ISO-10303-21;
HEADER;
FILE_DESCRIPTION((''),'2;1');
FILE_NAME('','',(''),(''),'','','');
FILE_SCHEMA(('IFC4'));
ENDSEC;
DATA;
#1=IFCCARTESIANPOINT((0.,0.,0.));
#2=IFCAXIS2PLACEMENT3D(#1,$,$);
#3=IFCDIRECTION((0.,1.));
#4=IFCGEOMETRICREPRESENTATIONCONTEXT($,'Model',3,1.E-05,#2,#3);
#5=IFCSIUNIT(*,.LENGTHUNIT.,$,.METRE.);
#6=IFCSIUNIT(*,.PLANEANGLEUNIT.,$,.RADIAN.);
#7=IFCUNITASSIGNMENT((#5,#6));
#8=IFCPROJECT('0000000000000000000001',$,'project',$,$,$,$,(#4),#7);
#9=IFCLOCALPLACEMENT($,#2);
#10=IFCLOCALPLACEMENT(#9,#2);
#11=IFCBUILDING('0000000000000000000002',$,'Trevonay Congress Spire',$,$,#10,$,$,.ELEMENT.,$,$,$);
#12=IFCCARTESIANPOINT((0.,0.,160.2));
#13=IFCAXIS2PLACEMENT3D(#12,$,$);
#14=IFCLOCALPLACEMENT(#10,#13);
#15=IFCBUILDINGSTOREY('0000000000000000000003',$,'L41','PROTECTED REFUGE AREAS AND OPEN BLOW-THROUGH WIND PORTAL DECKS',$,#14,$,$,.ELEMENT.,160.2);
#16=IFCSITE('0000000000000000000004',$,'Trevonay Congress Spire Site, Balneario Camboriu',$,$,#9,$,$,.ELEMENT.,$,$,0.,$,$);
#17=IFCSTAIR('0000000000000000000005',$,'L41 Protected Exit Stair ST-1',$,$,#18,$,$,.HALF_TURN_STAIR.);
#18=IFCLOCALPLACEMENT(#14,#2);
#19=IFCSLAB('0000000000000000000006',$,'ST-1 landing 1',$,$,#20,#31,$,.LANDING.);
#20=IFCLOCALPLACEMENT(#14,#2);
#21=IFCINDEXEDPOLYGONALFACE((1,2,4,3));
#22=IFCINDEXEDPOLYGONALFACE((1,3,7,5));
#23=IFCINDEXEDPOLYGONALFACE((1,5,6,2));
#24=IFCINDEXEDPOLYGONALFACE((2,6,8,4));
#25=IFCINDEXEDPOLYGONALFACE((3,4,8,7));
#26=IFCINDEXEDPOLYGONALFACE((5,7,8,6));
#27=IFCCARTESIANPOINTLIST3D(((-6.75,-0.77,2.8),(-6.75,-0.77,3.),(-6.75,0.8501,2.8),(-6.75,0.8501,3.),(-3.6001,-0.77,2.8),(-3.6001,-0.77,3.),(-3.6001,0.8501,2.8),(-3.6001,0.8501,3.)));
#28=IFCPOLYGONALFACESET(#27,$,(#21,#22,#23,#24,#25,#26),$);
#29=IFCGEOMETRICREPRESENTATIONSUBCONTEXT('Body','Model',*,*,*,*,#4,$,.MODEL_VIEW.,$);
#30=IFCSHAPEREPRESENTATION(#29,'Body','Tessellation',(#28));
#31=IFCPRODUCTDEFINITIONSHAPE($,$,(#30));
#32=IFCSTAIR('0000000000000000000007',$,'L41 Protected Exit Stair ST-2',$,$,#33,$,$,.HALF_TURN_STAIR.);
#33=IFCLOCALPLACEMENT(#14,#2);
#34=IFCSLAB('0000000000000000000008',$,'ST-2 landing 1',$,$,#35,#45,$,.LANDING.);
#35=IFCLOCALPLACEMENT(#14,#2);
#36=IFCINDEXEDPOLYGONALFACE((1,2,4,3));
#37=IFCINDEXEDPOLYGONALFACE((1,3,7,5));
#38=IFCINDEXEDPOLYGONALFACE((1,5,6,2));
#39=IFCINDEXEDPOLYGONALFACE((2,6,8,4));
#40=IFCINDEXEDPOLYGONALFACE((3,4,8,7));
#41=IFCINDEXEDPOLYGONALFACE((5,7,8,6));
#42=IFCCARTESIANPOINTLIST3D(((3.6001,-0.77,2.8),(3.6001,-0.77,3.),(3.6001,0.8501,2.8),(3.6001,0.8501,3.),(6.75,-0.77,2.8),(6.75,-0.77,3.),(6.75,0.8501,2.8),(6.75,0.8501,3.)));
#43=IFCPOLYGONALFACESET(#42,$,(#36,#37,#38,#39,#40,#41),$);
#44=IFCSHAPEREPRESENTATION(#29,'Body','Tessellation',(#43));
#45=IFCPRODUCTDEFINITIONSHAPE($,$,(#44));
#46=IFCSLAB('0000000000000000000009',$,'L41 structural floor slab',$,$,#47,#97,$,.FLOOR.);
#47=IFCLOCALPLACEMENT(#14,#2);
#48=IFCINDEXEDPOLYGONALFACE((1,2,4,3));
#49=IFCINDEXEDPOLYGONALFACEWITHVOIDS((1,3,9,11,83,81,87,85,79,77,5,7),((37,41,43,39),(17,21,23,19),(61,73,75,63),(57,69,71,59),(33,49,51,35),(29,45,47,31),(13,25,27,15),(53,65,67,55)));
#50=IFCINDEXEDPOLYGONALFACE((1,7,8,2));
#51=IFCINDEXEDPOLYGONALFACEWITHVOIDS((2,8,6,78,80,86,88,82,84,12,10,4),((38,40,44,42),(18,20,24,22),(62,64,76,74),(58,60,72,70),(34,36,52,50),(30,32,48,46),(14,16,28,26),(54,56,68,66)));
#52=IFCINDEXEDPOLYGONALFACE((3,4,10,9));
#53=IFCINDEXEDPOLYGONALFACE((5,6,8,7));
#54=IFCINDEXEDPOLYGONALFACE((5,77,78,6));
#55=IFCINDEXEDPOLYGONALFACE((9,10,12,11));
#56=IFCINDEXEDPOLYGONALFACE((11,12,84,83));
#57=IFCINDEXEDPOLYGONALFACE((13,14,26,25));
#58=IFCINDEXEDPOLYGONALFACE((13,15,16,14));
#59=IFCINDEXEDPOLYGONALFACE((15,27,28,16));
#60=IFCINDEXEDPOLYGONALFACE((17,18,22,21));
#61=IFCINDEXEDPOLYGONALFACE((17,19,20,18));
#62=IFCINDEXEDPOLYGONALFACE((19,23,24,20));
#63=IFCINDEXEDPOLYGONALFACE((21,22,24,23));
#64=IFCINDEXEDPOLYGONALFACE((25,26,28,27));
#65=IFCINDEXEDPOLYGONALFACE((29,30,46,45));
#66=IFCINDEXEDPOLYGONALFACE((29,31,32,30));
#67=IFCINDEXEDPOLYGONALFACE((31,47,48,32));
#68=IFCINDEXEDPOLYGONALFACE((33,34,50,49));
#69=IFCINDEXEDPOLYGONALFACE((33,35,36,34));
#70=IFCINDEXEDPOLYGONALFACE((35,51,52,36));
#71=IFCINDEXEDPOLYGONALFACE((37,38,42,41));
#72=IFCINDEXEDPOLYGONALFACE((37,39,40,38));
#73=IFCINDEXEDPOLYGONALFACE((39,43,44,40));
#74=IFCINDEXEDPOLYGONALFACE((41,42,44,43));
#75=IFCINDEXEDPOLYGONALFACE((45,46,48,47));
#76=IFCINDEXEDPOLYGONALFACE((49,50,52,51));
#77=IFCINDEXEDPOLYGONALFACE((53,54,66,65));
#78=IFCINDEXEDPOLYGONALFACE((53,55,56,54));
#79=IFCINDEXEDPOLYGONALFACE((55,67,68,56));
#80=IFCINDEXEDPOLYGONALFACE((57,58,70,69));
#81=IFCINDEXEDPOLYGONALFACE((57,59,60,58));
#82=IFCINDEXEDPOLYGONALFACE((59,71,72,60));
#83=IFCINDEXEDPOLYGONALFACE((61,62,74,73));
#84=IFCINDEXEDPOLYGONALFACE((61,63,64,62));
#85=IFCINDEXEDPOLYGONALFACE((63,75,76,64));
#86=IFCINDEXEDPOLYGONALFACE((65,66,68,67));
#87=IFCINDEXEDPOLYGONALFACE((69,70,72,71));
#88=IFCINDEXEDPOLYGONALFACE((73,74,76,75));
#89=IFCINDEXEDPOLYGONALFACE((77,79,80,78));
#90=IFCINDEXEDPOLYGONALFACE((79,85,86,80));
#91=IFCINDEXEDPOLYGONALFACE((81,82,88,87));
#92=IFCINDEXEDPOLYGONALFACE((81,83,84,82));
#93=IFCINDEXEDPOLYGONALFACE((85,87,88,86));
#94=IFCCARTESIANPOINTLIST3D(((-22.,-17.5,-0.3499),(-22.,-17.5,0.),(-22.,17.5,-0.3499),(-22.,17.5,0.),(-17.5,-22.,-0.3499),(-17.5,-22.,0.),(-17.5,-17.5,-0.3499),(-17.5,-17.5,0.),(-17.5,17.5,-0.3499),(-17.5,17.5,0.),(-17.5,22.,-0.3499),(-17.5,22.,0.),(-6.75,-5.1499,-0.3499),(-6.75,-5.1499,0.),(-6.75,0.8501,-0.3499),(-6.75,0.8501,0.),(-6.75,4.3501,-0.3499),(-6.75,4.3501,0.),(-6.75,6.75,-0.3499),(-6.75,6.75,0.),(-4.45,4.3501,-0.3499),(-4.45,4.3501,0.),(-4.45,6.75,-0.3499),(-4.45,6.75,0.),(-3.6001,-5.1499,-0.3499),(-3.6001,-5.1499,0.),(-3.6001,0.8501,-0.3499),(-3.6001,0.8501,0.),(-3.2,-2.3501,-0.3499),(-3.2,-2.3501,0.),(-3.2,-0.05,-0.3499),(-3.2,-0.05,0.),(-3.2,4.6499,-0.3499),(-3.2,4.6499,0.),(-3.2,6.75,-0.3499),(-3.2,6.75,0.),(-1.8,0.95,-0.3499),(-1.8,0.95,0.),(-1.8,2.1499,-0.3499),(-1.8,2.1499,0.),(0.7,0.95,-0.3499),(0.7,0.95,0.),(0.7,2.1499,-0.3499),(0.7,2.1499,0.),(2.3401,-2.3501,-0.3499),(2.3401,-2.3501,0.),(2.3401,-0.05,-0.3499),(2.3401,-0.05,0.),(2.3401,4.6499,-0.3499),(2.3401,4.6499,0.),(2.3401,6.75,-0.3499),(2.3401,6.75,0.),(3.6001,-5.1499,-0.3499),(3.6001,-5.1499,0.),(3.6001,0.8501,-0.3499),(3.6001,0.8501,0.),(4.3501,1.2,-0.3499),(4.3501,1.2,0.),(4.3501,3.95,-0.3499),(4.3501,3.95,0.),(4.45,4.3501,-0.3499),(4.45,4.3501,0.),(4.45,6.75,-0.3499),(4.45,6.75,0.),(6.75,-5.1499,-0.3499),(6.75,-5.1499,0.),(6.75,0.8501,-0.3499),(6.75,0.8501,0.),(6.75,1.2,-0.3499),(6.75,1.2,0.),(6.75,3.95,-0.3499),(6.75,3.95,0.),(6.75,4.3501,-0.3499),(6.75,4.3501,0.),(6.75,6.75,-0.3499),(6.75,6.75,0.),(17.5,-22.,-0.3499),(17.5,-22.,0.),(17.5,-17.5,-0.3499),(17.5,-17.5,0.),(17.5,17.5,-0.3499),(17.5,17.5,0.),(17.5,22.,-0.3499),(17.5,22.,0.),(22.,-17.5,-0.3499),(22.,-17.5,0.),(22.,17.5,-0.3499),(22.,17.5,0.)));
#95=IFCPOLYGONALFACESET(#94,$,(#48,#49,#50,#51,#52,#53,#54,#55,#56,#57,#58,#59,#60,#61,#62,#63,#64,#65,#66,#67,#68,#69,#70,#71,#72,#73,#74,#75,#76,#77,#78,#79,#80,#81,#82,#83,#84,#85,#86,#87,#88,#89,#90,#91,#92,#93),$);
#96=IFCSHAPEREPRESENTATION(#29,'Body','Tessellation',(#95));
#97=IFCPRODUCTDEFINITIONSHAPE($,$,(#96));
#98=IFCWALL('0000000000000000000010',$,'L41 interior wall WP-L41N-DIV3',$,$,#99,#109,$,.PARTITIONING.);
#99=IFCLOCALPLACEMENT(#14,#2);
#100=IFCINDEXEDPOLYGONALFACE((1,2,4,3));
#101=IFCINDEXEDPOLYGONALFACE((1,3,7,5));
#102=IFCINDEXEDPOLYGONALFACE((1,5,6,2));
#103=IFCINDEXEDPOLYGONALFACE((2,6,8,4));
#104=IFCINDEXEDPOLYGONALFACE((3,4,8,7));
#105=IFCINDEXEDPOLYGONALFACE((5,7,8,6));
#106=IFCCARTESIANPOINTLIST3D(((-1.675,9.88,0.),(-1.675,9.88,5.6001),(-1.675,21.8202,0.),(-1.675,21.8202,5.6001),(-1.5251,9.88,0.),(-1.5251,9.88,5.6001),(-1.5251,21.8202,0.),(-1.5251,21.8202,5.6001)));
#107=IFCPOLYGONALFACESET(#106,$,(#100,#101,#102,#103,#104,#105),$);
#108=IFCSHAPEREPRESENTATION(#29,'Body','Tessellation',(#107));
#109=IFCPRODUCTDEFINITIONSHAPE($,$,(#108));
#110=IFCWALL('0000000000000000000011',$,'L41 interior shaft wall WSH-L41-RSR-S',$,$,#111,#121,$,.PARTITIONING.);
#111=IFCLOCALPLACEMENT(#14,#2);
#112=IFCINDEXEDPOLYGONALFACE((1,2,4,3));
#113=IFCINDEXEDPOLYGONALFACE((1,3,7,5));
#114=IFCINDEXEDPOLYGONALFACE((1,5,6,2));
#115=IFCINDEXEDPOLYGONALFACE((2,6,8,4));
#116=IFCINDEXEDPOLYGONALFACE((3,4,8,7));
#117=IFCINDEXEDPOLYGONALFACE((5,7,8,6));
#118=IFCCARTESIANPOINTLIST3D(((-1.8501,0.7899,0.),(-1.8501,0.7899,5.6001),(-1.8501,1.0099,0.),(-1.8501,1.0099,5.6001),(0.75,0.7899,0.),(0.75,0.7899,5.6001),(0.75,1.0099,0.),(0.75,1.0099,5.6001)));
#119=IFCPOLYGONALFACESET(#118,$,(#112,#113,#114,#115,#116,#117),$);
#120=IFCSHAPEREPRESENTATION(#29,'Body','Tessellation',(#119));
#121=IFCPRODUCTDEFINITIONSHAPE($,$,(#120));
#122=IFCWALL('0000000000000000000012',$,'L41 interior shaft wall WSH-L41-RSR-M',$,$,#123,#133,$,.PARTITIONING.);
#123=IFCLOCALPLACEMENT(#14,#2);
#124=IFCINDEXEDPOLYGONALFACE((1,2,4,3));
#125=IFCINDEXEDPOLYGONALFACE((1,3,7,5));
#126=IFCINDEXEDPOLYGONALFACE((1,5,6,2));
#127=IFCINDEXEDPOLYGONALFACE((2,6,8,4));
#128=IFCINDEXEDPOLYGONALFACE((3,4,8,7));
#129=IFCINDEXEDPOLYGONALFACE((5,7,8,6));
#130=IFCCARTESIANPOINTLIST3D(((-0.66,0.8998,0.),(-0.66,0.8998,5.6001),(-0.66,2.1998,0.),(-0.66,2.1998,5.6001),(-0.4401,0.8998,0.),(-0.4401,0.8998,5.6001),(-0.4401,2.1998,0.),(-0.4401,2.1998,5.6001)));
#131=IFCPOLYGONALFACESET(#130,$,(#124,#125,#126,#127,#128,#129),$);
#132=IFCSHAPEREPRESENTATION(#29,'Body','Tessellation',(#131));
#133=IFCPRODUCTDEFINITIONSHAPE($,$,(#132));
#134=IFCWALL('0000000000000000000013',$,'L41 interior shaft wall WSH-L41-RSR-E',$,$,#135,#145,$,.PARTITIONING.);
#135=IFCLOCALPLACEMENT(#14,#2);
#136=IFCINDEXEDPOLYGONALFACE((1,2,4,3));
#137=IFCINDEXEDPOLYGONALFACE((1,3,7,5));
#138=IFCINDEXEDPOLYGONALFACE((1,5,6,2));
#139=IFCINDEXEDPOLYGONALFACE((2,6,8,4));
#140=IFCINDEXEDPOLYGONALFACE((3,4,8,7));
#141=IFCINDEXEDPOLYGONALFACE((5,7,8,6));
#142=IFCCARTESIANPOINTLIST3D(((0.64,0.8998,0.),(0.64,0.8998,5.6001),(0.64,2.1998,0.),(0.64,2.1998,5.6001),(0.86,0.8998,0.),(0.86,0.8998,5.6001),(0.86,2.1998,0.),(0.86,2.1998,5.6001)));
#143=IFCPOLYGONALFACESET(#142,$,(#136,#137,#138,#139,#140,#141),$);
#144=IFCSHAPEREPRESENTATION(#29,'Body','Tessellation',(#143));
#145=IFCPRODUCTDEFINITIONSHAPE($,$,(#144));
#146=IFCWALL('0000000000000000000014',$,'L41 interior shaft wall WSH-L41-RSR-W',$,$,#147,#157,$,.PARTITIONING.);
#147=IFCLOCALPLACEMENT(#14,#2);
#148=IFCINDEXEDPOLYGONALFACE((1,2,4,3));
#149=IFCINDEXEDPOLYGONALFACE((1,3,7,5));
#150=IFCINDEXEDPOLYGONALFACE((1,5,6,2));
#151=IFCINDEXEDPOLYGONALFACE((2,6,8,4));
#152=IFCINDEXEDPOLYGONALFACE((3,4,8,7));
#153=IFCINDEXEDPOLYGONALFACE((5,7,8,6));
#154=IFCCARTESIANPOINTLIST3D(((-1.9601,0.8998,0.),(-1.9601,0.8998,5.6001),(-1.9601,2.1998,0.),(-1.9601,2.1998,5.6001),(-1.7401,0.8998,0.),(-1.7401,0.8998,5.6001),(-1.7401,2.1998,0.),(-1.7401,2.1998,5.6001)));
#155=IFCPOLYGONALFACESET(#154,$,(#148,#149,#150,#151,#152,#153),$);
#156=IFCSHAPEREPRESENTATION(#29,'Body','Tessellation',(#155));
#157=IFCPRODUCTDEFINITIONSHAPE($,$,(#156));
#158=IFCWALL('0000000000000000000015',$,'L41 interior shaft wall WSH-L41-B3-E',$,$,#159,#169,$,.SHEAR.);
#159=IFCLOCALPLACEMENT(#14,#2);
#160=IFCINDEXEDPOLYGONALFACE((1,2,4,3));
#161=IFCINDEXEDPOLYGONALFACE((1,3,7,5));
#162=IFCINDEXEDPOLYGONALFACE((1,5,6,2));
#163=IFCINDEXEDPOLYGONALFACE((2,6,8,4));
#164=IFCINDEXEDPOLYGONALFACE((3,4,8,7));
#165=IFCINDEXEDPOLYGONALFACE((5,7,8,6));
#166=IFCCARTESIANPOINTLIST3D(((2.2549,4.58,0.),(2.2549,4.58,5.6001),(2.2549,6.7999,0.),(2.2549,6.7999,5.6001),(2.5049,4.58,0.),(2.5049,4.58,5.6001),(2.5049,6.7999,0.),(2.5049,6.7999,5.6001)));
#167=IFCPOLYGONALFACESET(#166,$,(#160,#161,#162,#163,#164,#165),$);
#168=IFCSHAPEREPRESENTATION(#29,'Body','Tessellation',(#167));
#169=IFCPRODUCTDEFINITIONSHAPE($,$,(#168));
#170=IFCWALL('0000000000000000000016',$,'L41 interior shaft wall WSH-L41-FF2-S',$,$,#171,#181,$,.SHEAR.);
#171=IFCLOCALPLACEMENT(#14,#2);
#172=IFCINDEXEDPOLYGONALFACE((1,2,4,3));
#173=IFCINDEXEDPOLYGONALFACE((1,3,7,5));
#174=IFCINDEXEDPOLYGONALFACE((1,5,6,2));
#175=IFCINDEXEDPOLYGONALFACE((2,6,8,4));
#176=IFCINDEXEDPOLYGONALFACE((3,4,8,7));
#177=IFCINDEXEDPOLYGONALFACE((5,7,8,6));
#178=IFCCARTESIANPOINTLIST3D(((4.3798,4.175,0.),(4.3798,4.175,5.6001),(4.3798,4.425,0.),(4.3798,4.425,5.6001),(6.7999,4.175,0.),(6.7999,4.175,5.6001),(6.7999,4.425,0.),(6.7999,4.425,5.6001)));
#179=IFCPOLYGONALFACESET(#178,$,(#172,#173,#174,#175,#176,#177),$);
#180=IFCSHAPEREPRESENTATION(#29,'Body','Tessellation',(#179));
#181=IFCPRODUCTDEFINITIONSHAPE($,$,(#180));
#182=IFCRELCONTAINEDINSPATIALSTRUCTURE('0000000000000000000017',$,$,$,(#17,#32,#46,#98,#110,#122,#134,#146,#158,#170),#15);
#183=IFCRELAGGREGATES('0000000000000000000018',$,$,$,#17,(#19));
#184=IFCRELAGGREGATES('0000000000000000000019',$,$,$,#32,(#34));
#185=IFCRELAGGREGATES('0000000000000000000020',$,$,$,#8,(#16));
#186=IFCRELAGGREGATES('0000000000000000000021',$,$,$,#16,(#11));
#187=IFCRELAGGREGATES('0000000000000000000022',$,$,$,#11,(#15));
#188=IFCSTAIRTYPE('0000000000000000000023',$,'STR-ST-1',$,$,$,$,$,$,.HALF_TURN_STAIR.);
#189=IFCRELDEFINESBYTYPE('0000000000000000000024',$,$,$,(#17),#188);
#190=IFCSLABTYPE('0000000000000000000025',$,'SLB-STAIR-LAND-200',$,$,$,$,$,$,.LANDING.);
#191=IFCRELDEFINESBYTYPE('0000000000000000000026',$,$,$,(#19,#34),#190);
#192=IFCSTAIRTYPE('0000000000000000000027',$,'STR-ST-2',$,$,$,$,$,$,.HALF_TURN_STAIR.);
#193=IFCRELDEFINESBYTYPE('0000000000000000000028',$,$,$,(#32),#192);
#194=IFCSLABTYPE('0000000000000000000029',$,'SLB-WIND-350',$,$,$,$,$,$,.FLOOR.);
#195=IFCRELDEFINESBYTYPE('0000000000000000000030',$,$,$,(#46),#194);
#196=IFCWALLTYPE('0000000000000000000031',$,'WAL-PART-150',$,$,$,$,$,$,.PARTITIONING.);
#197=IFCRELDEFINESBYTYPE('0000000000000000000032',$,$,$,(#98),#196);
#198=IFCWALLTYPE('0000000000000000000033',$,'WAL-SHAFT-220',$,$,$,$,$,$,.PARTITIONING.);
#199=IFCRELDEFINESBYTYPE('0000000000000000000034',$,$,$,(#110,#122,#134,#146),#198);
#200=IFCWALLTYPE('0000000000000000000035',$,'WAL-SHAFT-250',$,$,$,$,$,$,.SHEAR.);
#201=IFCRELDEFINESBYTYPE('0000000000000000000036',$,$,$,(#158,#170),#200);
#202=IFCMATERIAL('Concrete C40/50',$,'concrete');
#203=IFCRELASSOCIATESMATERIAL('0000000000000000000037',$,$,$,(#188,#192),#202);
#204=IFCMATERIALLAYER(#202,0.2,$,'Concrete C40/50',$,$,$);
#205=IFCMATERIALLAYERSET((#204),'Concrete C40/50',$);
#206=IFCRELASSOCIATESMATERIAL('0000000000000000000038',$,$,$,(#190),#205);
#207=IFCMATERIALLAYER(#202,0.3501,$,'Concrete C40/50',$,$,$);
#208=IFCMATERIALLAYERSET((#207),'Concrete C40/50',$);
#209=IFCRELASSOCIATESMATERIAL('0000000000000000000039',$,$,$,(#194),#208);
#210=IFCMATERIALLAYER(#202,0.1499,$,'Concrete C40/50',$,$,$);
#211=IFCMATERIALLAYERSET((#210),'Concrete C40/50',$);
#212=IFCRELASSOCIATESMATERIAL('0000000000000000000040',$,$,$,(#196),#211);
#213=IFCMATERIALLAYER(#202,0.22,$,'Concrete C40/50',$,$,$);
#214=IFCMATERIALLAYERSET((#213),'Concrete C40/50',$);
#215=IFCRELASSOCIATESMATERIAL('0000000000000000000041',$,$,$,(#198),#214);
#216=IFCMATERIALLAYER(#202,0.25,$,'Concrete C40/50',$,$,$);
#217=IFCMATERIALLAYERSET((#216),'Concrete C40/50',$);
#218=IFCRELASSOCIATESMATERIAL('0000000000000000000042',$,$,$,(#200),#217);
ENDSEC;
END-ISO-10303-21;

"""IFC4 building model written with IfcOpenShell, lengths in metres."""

from ifc_helpers import new_model, si_unit, direction, frame, frame_2d, origin, place, context, subcontext, project, spatial, polyline, rectangle, outline, extrude, material, layer, layer_set, type_object, element, aggregate, save


model = new_model("IFC4")

# Units and contexts
model_context = context("Model", 3, precision=1e-05, world=origin(), true_north=direction((0.0, 1.0)))
body_context = subcontext(model_context, "Body", "Model", "MODEL_VIEW")
ifc_project = project(units=[si_unit("LENGTHUNIT", "METRE"), si_unit("PLANEANGLEUNIT", "RADIAN")], contexts=[model_context])

# Site, building, storey
site_placement = place(None, origin())
site = spatial("IfcSite", under=ifc_project, at=site_placement, Name="Trevonay Congress Spire Site, Balneario Camboriu", CompositionType="ELEMENT", RefElevation=0.0)
building_placement = place(site_placement, origin())
building = spatial("IfcBuilding", under=site, at=building_placement, Name="Trevonay Congress Spire", CompositionType="ELEMENT")
storey_placement = place(building_placement, frame((0.0, 0.0, 160.2)))
storey = spatial("IfcBuildingStorey", under=building, at=storey_placement, Name="L41", Description="PROTECTED REFUGE AREAS AND OPEN BLOW-THROUGH WIND PORTAL DECKS", CompositionType="ELEMENT", Elevation=160.2)

# Stairs, slabs
ifc_material_1 = material(Name="Concrete C40/50", Category="concrete")
stair_type_1 = type_object("IfcStairType", Name="STR-ST-1", PredefinedType="HALF_TURN_STAIR", material=ifc_material_1)
stair_1_placement = place(storey_placement, origin())
stair_1 = element("IfcStair", 1, at=stair_1_placement, inside=storey, type_object=stair_type_1, Name="L41 Protected Exit Stair ST-1", PredefinedType="HALF_TURN_STAIR")
ifc_layer_1 = layer(ifc_material_1, 0.2, Name="Concrete C40/50")
ifc_layer_set_1 = layer_set([ifc_layer_1], Name="Concrete C40/50")
slab_type_1 = type_object("IfcSlabType", Name="SLB-STAIR-LAND-200", PredefinedType="LANDING", material=ifc_layer_set_1)
slab_1_placement = place(storey_placement, frame((0.0, 0.0, 2.8)))
slab_1 = element("IfcSlab", 2, at=slab_1_placement, type_object=slab_type_1, Name="ST-1 landing 1", PredefinedType="LANDING", context=body_context, shape_type="SweptSolid", body=[
    extrude(outline(polyline([(-3.6001, -0.77), (-3.6001, 0.8501), (-6.75, 0.8501), (-6.75, -0.77), (-3.6001, -0.77)])), origin(), (0.0, 0.0, 1.0), 0.2),
])
aggregate(stair_1, [slab_1])
stair_type_2 = type_object("IfcStairType", Name="STR-ST-2", PredefinedType="HALF_TURN_STAIR", material=ifc_material_1)
stair_2_placement = place(storey_placement, origin())
stair_2 = element("IfcStair", 3, at=stair_2_placement, inside=storey, type_object=stair_type_2, Name="L41 Protected Exit Stair ST-2", PredefinedType="HALF_TURN_STAIR")
slab_2_placement = place(storey_placement, frame((0.0, 0.0, 2.8)))
slab_2 = element("IfcSlab", 4, at=slab_2_placement, type_object=slab_type_1, Name="ST-2 landing 1", PredefinedType="LANDING", context=body_context, shape_type="SweptSolid", body=[
    extrude(outline(polyline([(6.75, -0.77), (6.75, 0.8501), (3.6001, 0.8501), (3.6001, -0.77), (6.75, -0.77)])), origin(), (0.0, 0.0, 1.0), 0.2),
])
aggregate(stair_2, [slab_2])

# Slab
ifc_layer_2 = layer(ifc_material_1, 0.3501, Name="Concrete C40/50")
ifc_layer_set_2 = layer_set([ifc_layer_2], Name="Concrete C40/50")
slab_type_2 = type_object("IfcSlabType", Name="SLB-WIND-350", PredefinedType="FLOOR", material=ifc_layer_set_2)
slab_3_placement = place(storey_placement, frame((0.0, 0.0, -0.3499)))
element("IfcSlab", 5, at=slab_3_placement, inside=storey, type_object=slab_type_2, Name="L41 structural floor slab", PredefinedType="FLOOR", context=body_context, shape_type="SweptSolid", body=[
    extrude(outline(polyline([(-17.5, -22.0), (17.5, -22.0), (17.5, -17.5), (22.0, -17.5), (22.0, 17.5), (17.5, 17.5), (17.5, 22.0), (-17.5, 22.0), (-17.5, 17.5), (-22.0, 17.5), (-22.0, -17.5), (-17.5, -17.5), (-17.5, -22.0)]), holes=[polyline([(-3.6001, -5.1499), (-3.6001, 0.8501), (-6.75, 0.8501), (-6.75, -5.1499), (-3.6001, -5.1499)]), polyline([(6.75, -5.1499), (6.75, 0.8501), (3.6001, 0.8501), (3.6001, -5.1499), (6.75, -5.1499)]), polyline([(-3.2, -2.3501), (2.3401, -2.3501), (2.3401, -0.05), (-3.2, -0.05), (-3.2, -2.3501)]), polyline([(-3.2, 4.6499), (2.3401, 4.6499), (2.3401, 6.75), (-3.2, 6.75), (-3.2, 4.6499)]), polyline([(-6.75, 4.3501), (-4.45, 4.3501), (-4.45, 6.75), (-6.75, 6.75), (-6.75, 4.3501)]), polyline([(4.45, 4.3501), (6.75, 4.3501), (6.75, 6.75), (4.45, 6.75), (4.45, 4.3501)]), polyline([(4.3501, 1.2), (6.75, 1.2), (6.75, 3.95), (4.3501, 3.95), (4.3501, 1.2)]), polyline([(-1.8, 0.95), (0.7, 0.95), (0.7, 2.1499), (-1.8, 2.1499), (-1.8, 0.95)])]), origin(), (0.0, 0.0, 1.0), 0.3499),
])

# Walls
ifc_layer_3 = layer(ifc_material_1, 0.1499, Name="Concrete C40/50")
ifc_layer_set_3 = layer_set([ifc_layer_3], Name="Concrete C40/50")
wall_type_1 = type_object("IfcWallType", Name="WAL-PART-150", PredefinedType="PARTITIONING", material=ifc_layer_set_3)
wall_1_placement = place(storey_placement, frame((-1.6001, 9.8799, 0.0), z_axis=(0.0, 0.0, 1.0), x_axis=(0.0, 1.0, 0.0)))
element("IfcWall", 6, at=wall_1_placement, inside=storey, type_object=wall_type_1, Name="L41 interior wall WP-L41N-DIV3", PredefinedType="PARTITIONING", context=body_context, shape_type="SweptSolid", body=[
    extrude(rectangle(XDim=11.9402, YDim=0.1499, at=frame_2d((5.9702, 0.0))), origin(), (0.0, 0.0, 1.0), 5.6001),
])
ifc_layer_4 = layer(ifc_material_1, 0.22, Name="Concrete C40/50")
ifc_layer_set_4 = layer_set([ifc_layer_4], Name="Concrete C40/50")
wall_type_2 = type_object("IfcWallType", Name="WAL-SHAFT-220", PredefinedType="PARTITIONING", material=ifc_layer_set_4)
wall_2_placement = place(storey_placement, frame((-1.8501, 0.8999, 0.0), z_axis=(0.0, 0.0, 1.0), x_axis=(1.0, 0.0, 0.0)))
element("IfcWall", 7, at=wall_2_placement, inside=storey, type_object=wall_type_2, Name="L41 interior shaft wall WSH-L41-RSR-S", PredefinedType="PARTITIONING", context=body_context, shape_type="SweptSolid", body=[
    extrude(rectangle(XDim=2.6001, YDim=0.22, at=frame_2d((1.3, 0.0))), origin(), (0.0, 0.0, 1.0), 5.6001),
])
for number, where, z_axis, x_axis, name in (
    (8, (-0.55, 0.8999, 0.0), (0.0, 0.0, 1.0), (0.0, 1.0, 0.0), "L41 interior shaft wall WSH-L41-RSR-M"),
    (9, (0.75, 0.8999, 0.0), (0.0, 0.0, 1.0), (0.0, 1.0, 0.0), "L41 interior shaft wall WSH-L41-RSR-E"),
    (10, (-1.8501, 0.8999, 0.0), (0.0, 0.0, 1.0), (0.0, 1.0, 0.0), "L41 interior shaft wall WSH-L41-RSR-W"),
):
    element("IfcWall", number, at=place(storey_placement, frame(where, z_axis=z_axis, x_axis=x_axis)), inside=storey, type_object=wall_type_2, Name=name, PredefinedType="PARTITIONING", context=body_context, shape_type="SweptSolid", body=[
        extrude(rectangle(XDim=1.3, YDim=0.22, at=frame_2d((0.6499, 0.0))), origin(), (0.0, 0.0, 1.0), 5.6001),
    ])
ifc_layer_5 = layer(ifc_material_1, 0.25, Name="Concrete C40/50")
ifc_layer_set_5 = layer_set([ifc_layer_5], Name="Concrete C40/50")
wall_type_3 = type_object("IfcWallType", Name="WAL-SHAFT-250", PredefinedType="SHEAR", material=ifc_layer_set_5)
wall_3_placement = place(storey_placement, frame((2.3799, 4.5801, 0.0), z_axis=(0.0, 0.0, 1.0), x_axis=(0.0, 1.0, 0.0)))
element("IfcWall", 11, at=wall_3_placement, inside=storey, type_object=wall_type_3, Name="L41 interior shaft wall WSH-L41-B3-E", PredefinedType="SHEAR", context=body_context, shape_type="SweptSolid", body=[
    extrude(rectangle(XDim=2.22, YDim=0.25, at=frame_2d((1.1099, 0.0))), origin(), (0.0, 0.0, 1.0), 5.6001),
])
wall_4_placement = place(storey_placement, frame((4.3799, 4.3, 0.0), z_axis=(0.0, 0.0, 1.0), x_axis=(1.0, 0.0, 0.0)))
element("IfcWall", 12, at=wall_4_placement, inside=storey, type_object=wall_type_3, Name="L41 interior shaft wall WSH-L41-FF2-S", PredefinedType="SHEAR", context=body_context, shape_type="SweptSolid", body=[
    extrude(rectangle(XDim=2.4202, YDim=0.25, at=frame_2d((1.21, 0.0))), origin(), (0.0, 0.0, 1.0), 5.6001),
])

save(model, "model.ifc")
